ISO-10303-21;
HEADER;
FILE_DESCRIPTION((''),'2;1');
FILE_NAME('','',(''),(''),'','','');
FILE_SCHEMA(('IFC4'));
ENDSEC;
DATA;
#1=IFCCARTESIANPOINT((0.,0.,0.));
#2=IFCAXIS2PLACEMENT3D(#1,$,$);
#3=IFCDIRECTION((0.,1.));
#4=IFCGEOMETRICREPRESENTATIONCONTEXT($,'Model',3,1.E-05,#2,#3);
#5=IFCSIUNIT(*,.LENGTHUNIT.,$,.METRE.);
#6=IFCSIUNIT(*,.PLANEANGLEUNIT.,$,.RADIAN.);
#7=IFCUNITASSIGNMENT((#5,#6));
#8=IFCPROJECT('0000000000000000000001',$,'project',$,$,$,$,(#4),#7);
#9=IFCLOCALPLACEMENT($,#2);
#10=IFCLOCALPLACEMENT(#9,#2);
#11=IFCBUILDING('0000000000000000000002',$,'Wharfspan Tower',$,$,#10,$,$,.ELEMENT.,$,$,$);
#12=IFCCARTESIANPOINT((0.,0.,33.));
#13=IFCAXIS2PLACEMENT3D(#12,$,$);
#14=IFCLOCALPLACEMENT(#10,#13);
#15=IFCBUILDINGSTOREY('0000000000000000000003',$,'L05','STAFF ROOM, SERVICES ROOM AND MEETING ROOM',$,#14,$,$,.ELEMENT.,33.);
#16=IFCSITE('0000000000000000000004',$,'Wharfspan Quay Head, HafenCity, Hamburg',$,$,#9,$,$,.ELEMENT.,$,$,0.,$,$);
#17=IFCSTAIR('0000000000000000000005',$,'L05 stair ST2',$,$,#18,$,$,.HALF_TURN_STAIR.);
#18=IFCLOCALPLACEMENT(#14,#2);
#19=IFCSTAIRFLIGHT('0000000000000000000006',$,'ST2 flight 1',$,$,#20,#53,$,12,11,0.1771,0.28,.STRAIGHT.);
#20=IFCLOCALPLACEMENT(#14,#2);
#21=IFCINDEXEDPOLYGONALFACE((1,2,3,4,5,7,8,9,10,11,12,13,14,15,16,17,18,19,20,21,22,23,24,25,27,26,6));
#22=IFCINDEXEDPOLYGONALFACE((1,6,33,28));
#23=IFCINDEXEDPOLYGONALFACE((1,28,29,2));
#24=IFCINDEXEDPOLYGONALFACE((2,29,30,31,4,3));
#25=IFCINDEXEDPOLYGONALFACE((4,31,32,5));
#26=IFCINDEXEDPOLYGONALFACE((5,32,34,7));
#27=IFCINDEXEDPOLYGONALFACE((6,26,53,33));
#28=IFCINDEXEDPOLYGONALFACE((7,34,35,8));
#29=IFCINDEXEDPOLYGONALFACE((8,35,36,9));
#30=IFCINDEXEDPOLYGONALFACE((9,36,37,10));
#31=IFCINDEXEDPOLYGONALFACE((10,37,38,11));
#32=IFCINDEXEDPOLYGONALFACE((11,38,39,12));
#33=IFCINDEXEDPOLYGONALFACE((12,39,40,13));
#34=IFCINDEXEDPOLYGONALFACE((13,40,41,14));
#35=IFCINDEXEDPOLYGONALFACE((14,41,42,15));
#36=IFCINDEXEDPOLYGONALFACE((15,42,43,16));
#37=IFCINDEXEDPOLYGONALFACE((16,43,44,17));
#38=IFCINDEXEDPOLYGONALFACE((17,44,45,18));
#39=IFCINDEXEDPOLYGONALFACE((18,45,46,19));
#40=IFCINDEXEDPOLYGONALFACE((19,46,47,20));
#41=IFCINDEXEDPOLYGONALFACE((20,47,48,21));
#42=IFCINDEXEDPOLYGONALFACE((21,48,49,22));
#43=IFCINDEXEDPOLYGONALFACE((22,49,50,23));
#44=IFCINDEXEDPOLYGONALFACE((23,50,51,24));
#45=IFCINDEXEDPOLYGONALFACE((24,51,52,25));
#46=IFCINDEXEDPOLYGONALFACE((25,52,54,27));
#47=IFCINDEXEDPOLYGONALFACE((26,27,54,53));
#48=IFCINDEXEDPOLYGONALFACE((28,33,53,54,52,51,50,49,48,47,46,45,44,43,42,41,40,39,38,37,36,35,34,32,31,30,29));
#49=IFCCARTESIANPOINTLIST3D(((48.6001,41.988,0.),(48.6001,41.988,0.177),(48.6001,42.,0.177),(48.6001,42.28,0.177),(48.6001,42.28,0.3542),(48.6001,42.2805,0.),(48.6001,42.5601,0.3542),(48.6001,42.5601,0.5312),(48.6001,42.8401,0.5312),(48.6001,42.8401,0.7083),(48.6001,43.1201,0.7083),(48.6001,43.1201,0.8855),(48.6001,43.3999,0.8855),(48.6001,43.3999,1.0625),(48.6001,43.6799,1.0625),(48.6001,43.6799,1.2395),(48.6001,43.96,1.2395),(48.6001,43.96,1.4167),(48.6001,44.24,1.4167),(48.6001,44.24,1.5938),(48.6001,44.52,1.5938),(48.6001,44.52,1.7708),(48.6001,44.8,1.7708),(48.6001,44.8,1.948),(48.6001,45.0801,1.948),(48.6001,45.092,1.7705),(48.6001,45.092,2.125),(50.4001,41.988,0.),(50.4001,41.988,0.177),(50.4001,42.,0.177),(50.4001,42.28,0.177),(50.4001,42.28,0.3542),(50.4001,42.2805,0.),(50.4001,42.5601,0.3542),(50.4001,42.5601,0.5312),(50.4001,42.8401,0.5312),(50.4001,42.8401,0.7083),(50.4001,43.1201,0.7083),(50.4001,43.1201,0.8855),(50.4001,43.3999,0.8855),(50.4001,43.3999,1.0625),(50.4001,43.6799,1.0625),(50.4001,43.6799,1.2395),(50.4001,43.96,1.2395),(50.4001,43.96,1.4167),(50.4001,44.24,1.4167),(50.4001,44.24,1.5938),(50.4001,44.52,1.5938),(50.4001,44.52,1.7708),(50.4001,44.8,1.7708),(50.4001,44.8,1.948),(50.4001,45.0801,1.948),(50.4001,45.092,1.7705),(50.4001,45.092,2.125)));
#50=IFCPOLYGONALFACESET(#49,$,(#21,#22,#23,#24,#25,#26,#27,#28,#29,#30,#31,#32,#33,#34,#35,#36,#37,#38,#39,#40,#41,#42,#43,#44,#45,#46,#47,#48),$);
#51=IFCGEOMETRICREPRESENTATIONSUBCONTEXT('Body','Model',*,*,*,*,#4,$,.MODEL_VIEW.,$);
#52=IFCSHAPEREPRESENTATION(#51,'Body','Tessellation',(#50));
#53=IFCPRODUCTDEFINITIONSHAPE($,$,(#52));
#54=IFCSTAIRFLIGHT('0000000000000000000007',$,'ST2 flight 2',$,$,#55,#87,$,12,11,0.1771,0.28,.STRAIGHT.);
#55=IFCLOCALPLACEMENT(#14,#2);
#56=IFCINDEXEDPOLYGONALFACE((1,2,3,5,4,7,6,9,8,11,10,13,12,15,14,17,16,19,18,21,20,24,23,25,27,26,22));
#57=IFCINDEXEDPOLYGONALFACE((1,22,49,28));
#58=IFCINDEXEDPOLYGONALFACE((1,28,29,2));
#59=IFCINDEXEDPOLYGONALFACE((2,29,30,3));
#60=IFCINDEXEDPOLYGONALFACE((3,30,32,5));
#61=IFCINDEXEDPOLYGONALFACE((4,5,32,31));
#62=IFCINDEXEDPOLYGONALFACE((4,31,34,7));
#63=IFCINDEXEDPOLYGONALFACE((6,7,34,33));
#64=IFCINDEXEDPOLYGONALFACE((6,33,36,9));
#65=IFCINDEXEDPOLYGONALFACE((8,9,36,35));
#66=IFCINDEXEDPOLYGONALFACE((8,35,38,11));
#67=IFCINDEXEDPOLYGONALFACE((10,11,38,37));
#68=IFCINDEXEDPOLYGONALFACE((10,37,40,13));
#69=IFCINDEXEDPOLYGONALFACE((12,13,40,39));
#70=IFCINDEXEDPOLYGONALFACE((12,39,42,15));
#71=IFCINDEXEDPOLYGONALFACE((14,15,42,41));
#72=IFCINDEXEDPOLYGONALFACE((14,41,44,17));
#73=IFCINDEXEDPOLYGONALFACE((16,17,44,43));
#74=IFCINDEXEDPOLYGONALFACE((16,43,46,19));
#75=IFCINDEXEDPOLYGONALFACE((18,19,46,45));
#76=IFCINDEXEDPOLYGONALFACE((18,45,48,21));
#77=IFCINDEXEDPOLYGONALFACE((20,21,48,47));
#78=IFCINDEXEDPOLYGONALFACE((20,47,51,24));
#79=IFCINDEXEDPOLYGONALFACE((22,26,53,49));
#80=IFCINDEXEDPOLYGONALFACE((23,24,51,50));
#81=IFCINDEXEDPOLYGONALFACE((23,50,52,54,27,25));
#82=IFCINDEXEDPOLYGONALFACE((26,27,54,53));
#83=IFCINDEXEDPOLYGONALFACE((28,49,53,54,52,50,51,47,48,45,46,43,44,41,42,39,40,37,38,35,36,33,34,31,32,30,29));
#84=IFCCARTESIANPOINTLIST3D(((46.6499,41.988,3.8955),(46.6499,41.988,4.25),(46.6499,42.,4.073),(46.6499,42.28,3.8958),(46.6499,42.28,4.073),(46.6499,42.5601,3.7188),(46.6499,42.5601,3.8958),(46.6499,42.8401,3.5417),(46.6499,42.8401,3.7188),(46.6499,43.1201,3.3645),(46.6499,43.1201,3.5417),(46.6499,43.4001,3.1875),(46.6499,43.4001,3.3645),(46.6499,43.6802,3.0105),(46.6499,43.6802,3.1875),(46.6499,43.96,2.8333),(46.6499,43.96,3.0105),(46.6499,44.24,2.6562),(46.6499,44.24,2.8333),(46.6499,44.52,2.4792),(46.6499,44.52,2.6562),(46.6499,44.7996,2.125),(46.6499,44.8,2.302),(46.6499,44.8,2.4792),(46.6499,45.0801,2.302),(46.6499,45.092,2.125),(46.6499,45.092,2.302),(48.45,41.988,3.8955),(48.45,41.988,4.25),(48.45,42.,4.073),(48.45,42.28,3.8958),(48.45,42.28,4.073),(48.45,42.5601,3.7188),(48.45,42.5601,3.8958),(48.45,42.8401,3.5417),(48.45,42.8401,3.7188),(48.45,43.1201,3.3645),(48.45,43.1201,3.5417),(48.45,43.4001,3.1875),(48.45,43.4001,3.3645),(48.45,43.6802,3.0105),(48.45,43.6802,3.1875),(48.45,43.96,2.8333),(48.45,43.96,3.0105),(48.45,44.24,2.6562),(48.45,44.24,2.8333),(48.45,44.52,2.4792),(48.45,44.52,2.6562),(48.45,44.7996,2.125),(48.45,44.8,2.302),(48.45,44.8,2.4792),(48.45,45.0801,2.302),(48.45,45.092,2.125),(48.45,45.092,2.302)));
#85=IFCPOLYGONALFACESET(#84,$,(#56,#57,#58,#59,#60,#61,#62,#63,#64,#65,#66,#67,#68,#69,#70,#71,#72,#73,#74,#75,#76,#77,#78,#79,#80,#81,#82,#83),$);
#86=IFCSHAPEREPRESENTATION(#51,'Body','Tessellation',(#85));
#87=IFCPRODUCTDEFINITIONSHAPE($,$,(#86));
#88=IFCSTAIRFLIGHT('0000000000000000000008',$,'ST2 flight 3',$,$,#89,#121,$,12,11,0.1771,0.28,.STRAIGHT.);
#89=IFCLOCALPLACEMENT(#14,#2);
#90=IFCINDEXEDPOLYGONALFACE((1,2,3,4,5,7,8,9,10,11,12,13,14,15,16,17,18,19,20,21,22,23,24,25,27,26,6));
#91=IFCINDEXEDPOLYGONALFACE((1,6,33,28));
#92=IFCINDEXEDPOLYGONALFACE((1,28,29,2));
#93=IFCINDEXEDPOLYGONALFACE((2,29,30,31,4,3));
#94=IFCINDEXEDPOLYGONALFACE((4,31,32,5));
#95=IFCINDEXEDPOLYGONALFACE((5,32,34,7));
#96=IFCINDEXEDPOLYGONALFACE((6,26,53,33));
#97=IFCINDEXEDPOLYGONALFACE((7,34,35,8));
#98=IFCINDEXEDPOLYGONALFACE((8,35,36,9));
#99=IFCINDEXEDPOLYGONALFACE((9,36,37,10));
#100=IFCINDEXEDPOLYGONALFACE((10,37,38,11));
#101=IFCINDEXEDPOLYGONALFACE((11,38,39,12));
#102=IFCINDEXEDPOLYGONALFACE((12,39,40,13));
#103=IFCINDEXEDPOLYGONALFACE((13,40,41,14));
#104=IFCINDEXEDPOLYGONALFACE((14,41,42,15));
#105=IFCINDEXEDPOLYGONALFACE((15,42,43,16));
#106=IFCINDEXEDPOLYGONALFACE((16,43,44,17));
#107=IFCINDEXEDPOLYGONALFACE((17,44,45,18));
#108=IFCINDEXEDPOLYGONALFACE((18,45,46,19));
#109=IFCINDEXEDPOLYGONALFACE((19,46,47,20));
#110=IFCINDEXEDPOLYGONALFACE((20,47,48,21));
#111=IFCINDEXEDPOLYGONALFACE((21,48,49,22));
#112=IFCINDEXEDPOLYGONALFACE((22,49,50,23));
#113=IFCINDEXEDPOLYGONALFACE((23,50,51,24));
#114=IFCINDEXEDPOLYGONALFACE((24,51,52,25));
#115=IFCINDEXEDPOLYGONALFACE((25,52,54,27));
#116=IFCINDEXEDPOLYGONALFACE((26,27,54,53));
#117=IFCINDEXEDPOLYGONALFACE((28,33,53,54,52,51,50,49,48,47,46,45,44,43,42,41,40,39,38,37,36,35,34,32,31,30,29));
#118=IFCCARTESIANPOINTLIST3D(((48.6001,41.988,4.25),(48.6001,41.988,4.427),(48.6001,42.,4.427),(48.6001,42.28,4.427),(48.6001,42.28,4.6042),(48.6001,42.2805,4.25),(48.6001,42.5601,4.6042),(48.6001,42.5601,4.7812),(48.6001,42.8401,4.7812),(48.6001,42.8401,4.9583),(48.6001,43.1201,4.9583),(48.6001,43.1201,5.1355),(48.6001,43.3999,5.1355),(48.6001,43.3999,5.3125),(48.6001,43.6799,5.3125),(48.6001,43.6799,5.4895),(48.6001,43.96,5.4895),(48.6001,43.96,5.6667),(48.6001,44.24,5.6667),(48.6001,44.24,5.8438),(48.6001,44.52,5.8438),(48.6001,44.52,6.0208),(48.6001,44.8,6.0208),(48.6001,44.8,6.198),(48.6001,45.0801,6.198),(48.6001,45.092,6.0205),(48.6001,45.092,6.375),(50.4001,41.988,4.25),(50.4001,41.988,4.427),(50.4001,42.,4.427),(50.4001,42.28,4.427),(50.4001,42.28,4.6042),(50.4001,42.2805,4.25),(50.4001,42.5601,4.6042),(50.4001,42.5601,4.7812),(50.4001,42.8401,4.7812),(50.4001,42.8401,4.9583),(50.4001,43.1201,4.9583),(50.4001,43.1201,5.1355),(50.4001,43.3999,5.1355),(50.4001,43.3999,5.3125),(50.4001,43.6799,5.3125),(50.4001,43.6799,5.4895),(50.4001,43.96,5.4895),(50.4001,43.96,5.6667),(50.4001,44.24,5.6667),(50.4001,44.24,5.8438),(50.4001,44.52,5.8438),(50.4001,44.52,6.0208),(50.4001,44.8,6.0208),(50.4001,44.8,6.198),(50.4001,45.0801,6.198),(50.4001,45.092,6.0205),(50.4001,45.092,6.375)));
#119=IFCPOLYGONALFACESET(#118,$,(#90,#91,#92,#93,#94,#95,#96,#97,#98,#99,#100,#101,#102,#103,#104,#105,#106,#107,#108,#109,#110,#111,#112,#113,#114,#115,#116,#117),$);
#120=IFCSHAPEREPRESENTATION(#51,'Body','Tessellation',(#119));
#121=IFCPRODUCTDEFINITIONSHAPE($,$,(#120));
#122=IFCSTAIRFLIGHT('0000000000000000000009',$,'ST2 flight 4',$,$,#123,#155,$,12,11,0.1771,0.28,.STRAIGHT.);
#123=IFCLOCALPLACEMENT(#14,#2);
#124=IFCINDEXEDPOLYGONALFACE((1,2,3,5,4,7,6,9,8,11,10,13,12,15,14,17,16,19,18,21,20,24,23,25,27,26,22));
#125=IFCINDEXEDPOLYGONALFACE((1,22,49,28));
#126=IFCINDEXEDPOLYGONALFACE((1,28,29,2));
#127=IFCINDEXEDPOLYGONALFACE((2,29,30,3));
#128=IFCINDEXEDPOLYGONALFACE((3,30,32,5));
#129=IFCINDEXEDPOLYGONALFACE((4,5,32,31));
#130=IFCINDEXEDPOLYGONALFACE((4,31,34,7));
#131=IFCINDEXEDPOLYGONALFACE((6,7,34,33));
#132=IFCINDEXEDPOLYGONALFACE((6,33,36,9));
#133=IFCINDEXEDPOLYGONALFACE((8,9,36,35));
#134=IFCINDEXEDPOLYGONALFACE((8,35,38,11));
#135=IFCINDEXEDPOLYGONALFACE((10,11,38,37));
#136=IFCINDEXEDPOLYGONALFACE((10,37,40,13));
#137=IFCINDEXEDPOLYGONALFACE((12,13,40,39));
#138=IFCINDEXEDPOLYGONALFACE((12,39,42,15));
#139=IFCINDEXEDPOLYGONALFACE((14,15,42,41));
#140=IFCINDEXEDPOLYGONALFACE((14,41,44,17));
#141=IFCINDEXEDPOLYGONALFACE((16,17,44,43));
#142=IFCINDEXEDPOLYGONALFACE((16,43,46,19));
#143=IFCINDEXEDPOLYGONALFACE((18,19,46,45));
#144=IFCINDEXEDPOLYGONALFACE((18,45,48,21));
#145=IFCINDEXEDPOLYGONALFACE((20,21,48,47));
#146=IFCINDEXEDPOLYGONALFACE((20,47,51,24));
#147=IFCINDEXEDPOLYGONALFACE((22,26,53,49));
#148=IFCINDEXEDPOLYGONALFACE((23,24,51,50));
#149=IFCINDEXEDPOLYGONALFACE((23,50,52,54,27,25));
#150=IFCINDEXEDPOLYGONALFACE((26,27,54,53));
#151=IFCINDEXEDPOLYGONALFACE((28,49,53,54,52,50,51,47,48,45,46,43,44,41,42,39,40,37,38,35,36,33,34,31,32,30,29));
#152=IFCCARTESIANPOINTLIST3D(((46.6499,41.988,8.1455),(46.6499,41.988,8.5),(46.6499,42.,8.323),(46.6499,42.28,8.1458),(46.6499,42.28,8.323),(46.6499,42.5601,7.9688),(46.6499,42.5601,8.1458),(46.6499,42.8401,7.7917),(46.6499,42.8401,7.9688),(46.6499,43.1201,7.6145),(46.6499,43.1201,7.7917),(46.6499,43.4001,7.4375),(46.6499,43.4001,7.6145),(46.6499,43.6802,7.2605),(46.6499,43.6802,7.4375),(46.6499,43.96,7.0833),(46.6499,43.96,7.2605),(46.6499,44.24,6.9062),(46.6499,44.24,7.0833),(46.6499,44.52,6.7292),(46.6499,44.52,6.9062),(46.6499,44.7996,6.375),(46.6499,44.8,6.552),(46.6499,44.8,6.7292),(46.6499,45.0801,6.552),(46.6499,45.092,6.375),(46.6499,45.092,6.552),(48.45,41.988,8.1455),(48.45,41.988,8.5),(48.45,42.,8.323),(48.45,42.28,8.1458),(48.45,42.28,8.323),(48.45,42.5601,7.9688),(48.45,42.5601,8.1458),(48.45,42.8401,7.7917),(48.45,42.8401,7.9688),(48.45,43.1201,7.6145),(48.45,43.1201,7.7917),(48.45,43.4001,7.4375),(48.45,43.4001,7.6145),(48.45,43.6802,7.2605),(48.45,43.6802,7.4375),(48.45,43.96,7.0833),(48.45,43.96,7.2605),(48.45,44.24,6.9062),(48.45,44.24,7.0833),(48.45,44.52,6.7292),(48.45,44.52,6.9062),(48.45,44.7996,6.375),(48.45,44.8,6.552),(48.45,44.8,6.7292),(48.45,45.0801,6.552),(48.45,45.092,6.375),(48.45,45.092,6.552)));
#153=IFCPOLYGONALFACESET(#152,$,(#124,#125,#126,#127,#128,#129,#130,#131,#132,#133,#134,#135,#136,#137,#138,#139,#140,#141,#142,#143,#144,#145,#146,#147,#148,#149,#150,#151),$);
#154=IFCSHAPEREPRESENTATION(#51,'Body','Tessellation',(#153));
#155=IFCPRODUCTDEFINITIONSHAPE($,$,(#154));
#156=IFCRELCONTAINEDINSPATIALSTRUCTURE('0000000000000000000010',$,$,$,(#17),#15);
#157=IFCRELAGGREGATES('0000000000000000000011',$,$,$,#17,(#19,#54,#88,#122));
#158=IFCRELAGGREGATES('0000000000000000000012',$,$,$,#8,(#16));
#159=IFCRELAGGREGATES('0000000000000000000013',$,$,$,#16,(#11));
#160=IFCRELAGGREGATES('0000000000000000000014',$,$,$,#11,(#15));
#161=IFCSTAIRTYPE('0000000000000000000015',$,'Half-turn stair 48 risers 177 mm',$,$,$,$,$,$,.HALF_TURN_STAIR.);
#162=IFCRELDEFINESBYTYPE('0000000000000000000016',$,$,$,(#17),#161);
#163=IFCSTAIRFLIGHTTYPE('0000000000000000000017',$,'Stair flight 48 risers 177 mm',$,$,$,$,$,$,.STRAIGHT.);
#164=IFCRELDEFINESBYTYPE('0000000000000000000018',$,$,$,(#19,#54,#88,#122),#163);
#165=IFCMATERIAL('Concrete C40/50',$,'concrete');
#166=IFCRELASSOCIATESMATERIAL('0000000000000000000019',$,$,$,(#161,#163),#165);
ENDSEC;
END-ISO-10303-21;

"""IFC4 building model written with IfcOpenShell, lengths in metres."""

from ifc_helpers import new_model, si_unit, direction, frame, origin, place, context, subcontext, project, spatial, polyline, outline, extrude, material, type_object, element, aggregate, save


model = new_model("IFC4")

# Units and contexts
model_context = context("Model", 3, precision=1e-05, world=origin(), true_north=direction((0.0, 1.0)))
body_context = subcontext(model_context, "Body", "Model", "MODEL_VIEW")
ifc_project = project(units=[si_unit("LENGTHUNIT", "METRE"), si_unit("PLANEANGLEUNIT", "RADIAN")], contexts=[model_context])

# Site, building, storey
site_placement = place(None, origin())
site = spatial("IfcSite", under=ifc_project, at=site_placement, Name="Wharfspan Quay Head, HafenCity, Hamburg", CompositionType="ELEMENT", RefElevation=0.0)
building_placement = place(site_placement, origin())
building = spatial("IfcBuilding", under=site, at=building_placement, Name="Wharfspan Tower", CompositionType="ELEMENT")
storey_placement = place(building_placement, frame((0.0, 0.0, 33.0)))
storey = spatial("IfcBuildingStorey", under=building, at=storey_placement, Name="L05", Description="STAFF ROOM, SERVICES ROOM AND MEETING ROOM", CompositionType="ELEMENT", Elevation=33.0)

# Shared definitions
ifc_material_1 = material(Name="Concrete C40/50", Category="concrete")

# Stair, stair flights
stair_type = type_object("IfcStairType", Name="Half-turn stair 48 risers 177 mm", PredefinedType="HALF_TURN_STAIR", material=ifc_material_1)
stair_placement = place(storey_placement, origin())
stair = element("IfcStair", 1, at=stair_placement, inside=storey, type_object=stair_type, Name="L05 stair ST2", PredefinedType="HALF_TURN_STAIR")
stair_flight_type = type_object("IfcStairFlightType", Name="Stair flight 48 risers 177 mm", PredefinedType="STRAIGHT", material=ifc_material_1)
stair_flight_1_placement = place(storey_placement, frame((49.5, 42.0, 0.0), z_axis=(0.0, 0.0, 1.0), x_axis=(0.0, 1.0, 0.0)))
stair_flight_1 = element("IfcStairFlight", 2, at=stair_flight_1_placement, type_object=stair_flight_type, Name="ST2 flight 1", NumberOfRisers=12, NumberOfTreads=11, PredefinedType="STRAIGHT", RiserHeight=0.1771, TreadLength=0.28, context=body_context, shape_type="SweptSolid", body=[
    extrude(outline(polyline([(-0.012, 0.0), (-0.012, 0.177), (0.0, 0.177), (0.28, 0.177), (0.28, 0.3542), (0.5601, 0.3542), (0.5601, 0.5312), (0.8401, 0.5312), (0.8401, 0.7083), (1.1201, 0.7083), (1.1201, 0.8855), (1.3999, 0.8855), (1.3999, 1.0625), (1.6799, 1.0625), (1.6799, 1.2395), (1.96, 1.2395), (1.96, 1.4167), (2.24, 1.4167), (2.24, 1.5938), (2.52, 1.5938), (2.52, 1.7708), (2.8, 1.7708), (2.8, 1.948), (3.0801, 1.948), (3.092, 2.125), (3.092, 1.7705), (0.2805, 0.0), (-0.012, 0.0)])), frame((0.0, 0.8999, 0.0), z_axis=(0.0, -1.0, 0.0), x_axis=(1.0, 0.0, 0.0)), (0.0, 0.0, 1.0), 1.8),
])
stair_flight_2_placement = place(storey_placement, frame((47.55, 45.0801, 2.125), z_axis=(0.0, 0.0, 1.0), x_axis=(0.0, -1.0, 0.0)))
stair_flight_2 = element("IfcStairFlight", 3, at=stair_flight_2_placement, type_object=stair_flight_type, Name="ST2 flight 2", NumberOfRisers=12, NumberOfTreads=11, PredefinedType="STRAIGHT", RiserHeight=0.1771, TreadLength=0.28, context=body_context, shape_type="SweptSolid", body=[
    extrude(outline(polyline([(-0.012, 0.0), (-0.012, 0.177), (0.0, 0.177), (0.28, 0.177), (0.28, 0.3542), (0.5601, 0.3542), (0.5601, 0.5312), (0.8401, 0.5312), (0.8401, 0.7083), (1.1201, 0.7083), (1.1201, 0.8855), (1.3999, 0.8855), (1.3999, 1.0625), (1.6799, 1.0625), (1.6799, 1.2395), (1.96, 1.2395), (1.96, 1.4167), (2.24, 1.4167), (2.24, 1.5938), (2.52, 1.5938), (2.52, 1.7708), (2.8, 1.7708), (2.8, 1.948), (3.0801, 1.948), (3.092, 2.125), (3.092, 1.7705), (0.2805, 0.0), (-0.012, 0.0)])), frame((0.0, 0.8999, 0.0), z_axis=(0.0, -1.0, 0.0), x_axis=(1.0, 0.0, 0.0)), (0.0, 0.0, 1.0), 1.8),
])
stair_flight_3_placement = place(storey_placement, frame((49.5, 42.0, 4.25), z_axis=(0.0, 0.0, 1.0), x_axis=(0.0, 1.0, 0.0)))
stair_flight_3 = element("IfcStairFlight", 4, at=stair_flight_3_placement, type_object=stair_flight_type, Name="ST2 flight 3", NumberOfRisers=12, NumberOfTreads=11, PredefinedType="STRAIGHT", RiserHeight=0.1771, TreadLength=0.28, context=body_context, shape_type="SweptSolid", body=[
    extrude(outline(polyline([(-0.012, 0.0), (-0.012, 0.177), (0.0, 0.177), (0.28, 0.177), (0.28, 0.3542), (0.5601, 0.3542), (0.5601, 0.5312), (0.8401, 0.5312), (0.8401, 0.7083), (1.1201, 0.7083), (1.1201, 0.8855), (1.3999, 0.8855), (1.3999, 1.0625), (1.6799, 1.0625), (1.6799, 1.2395), (1.96, 1.2395), (1.96, 1.4167), (2.24, 1.4167), (2.24, 1.5938), (2.52, 1.5938), (2.52, 1.7708), (2.8, 1.7708), (2.8, 1.948), (3.0801, 1.948), (3.092, 2.125), (3.092, 1.7705), (0.2805, 0.0), (-0.012, 0.0)])), frame((0.0, 0.8999, 0.0), z_axis=(0.0, -1.0, 0.0), x_axis=(1.0, 0.0, 0.0)), (0.0, 0.0, 1.0), 1.8),
])
stair_flight_4_placement = place(storey_placement, frame((47.55, 45.0801, 6.375), z_axis=(0.0, 0.0, 1.0), x_axis=(0.0, -1.0, 0.0)))
stair_flight_4 = element("IfcStairFlight", 5, at=stair_flight_4_placement, type_object=stair_flight_type, Name="ST2 flight 4", NumberOfRisers=12, NumberOfTreads=11, PredefinedType="STRAIGHT", RiserHeight=0.1771, TreadLength=0.28, context=body_context, shape_type="SweptSolid", body=[
    extrude(outline(polyline([(-0.012, 0.0), (-0.012, 0.177), (0.0, 0.177), (0.28, 0.177), (0.28, 0.3542), (0.5601, 0.3542), (0.5601, 0.5312), (0.8401, 0.5312), (0.8401, 0.7083), (1.1201, 0.7083), (1.1201, 0.8855), (1.3999, 0.8855), (1.3999, 1.0625), (1.6799, 1.0625), (1.6799, 1.2395), (1.96, 1.2395), (1.96, 1.4167), (2.24, 1.4167), (2.24, 1.5938), (2.52, 1.5938), (2.52, 1.7708), (2.8, 1.7708), (2.8, 1.948), (3.0801, 1.948), (3.092, 2.125), (3.092, 1.7705), (0.2805, 0.0), (-0.012, 0.0)])), frame((0.0, 0.8999, 0.0), z_axis=(0.0, -1.0, 0.0), x_axis=(1.0, 0.0, 0.0)), (0.0, 0.0, 1.0), 1.8),
])
aggregate(stair, [stair_flight_1, stair_flight_2, stair_flight_3, stair_flight_4])

save(model, "model.ifc")
